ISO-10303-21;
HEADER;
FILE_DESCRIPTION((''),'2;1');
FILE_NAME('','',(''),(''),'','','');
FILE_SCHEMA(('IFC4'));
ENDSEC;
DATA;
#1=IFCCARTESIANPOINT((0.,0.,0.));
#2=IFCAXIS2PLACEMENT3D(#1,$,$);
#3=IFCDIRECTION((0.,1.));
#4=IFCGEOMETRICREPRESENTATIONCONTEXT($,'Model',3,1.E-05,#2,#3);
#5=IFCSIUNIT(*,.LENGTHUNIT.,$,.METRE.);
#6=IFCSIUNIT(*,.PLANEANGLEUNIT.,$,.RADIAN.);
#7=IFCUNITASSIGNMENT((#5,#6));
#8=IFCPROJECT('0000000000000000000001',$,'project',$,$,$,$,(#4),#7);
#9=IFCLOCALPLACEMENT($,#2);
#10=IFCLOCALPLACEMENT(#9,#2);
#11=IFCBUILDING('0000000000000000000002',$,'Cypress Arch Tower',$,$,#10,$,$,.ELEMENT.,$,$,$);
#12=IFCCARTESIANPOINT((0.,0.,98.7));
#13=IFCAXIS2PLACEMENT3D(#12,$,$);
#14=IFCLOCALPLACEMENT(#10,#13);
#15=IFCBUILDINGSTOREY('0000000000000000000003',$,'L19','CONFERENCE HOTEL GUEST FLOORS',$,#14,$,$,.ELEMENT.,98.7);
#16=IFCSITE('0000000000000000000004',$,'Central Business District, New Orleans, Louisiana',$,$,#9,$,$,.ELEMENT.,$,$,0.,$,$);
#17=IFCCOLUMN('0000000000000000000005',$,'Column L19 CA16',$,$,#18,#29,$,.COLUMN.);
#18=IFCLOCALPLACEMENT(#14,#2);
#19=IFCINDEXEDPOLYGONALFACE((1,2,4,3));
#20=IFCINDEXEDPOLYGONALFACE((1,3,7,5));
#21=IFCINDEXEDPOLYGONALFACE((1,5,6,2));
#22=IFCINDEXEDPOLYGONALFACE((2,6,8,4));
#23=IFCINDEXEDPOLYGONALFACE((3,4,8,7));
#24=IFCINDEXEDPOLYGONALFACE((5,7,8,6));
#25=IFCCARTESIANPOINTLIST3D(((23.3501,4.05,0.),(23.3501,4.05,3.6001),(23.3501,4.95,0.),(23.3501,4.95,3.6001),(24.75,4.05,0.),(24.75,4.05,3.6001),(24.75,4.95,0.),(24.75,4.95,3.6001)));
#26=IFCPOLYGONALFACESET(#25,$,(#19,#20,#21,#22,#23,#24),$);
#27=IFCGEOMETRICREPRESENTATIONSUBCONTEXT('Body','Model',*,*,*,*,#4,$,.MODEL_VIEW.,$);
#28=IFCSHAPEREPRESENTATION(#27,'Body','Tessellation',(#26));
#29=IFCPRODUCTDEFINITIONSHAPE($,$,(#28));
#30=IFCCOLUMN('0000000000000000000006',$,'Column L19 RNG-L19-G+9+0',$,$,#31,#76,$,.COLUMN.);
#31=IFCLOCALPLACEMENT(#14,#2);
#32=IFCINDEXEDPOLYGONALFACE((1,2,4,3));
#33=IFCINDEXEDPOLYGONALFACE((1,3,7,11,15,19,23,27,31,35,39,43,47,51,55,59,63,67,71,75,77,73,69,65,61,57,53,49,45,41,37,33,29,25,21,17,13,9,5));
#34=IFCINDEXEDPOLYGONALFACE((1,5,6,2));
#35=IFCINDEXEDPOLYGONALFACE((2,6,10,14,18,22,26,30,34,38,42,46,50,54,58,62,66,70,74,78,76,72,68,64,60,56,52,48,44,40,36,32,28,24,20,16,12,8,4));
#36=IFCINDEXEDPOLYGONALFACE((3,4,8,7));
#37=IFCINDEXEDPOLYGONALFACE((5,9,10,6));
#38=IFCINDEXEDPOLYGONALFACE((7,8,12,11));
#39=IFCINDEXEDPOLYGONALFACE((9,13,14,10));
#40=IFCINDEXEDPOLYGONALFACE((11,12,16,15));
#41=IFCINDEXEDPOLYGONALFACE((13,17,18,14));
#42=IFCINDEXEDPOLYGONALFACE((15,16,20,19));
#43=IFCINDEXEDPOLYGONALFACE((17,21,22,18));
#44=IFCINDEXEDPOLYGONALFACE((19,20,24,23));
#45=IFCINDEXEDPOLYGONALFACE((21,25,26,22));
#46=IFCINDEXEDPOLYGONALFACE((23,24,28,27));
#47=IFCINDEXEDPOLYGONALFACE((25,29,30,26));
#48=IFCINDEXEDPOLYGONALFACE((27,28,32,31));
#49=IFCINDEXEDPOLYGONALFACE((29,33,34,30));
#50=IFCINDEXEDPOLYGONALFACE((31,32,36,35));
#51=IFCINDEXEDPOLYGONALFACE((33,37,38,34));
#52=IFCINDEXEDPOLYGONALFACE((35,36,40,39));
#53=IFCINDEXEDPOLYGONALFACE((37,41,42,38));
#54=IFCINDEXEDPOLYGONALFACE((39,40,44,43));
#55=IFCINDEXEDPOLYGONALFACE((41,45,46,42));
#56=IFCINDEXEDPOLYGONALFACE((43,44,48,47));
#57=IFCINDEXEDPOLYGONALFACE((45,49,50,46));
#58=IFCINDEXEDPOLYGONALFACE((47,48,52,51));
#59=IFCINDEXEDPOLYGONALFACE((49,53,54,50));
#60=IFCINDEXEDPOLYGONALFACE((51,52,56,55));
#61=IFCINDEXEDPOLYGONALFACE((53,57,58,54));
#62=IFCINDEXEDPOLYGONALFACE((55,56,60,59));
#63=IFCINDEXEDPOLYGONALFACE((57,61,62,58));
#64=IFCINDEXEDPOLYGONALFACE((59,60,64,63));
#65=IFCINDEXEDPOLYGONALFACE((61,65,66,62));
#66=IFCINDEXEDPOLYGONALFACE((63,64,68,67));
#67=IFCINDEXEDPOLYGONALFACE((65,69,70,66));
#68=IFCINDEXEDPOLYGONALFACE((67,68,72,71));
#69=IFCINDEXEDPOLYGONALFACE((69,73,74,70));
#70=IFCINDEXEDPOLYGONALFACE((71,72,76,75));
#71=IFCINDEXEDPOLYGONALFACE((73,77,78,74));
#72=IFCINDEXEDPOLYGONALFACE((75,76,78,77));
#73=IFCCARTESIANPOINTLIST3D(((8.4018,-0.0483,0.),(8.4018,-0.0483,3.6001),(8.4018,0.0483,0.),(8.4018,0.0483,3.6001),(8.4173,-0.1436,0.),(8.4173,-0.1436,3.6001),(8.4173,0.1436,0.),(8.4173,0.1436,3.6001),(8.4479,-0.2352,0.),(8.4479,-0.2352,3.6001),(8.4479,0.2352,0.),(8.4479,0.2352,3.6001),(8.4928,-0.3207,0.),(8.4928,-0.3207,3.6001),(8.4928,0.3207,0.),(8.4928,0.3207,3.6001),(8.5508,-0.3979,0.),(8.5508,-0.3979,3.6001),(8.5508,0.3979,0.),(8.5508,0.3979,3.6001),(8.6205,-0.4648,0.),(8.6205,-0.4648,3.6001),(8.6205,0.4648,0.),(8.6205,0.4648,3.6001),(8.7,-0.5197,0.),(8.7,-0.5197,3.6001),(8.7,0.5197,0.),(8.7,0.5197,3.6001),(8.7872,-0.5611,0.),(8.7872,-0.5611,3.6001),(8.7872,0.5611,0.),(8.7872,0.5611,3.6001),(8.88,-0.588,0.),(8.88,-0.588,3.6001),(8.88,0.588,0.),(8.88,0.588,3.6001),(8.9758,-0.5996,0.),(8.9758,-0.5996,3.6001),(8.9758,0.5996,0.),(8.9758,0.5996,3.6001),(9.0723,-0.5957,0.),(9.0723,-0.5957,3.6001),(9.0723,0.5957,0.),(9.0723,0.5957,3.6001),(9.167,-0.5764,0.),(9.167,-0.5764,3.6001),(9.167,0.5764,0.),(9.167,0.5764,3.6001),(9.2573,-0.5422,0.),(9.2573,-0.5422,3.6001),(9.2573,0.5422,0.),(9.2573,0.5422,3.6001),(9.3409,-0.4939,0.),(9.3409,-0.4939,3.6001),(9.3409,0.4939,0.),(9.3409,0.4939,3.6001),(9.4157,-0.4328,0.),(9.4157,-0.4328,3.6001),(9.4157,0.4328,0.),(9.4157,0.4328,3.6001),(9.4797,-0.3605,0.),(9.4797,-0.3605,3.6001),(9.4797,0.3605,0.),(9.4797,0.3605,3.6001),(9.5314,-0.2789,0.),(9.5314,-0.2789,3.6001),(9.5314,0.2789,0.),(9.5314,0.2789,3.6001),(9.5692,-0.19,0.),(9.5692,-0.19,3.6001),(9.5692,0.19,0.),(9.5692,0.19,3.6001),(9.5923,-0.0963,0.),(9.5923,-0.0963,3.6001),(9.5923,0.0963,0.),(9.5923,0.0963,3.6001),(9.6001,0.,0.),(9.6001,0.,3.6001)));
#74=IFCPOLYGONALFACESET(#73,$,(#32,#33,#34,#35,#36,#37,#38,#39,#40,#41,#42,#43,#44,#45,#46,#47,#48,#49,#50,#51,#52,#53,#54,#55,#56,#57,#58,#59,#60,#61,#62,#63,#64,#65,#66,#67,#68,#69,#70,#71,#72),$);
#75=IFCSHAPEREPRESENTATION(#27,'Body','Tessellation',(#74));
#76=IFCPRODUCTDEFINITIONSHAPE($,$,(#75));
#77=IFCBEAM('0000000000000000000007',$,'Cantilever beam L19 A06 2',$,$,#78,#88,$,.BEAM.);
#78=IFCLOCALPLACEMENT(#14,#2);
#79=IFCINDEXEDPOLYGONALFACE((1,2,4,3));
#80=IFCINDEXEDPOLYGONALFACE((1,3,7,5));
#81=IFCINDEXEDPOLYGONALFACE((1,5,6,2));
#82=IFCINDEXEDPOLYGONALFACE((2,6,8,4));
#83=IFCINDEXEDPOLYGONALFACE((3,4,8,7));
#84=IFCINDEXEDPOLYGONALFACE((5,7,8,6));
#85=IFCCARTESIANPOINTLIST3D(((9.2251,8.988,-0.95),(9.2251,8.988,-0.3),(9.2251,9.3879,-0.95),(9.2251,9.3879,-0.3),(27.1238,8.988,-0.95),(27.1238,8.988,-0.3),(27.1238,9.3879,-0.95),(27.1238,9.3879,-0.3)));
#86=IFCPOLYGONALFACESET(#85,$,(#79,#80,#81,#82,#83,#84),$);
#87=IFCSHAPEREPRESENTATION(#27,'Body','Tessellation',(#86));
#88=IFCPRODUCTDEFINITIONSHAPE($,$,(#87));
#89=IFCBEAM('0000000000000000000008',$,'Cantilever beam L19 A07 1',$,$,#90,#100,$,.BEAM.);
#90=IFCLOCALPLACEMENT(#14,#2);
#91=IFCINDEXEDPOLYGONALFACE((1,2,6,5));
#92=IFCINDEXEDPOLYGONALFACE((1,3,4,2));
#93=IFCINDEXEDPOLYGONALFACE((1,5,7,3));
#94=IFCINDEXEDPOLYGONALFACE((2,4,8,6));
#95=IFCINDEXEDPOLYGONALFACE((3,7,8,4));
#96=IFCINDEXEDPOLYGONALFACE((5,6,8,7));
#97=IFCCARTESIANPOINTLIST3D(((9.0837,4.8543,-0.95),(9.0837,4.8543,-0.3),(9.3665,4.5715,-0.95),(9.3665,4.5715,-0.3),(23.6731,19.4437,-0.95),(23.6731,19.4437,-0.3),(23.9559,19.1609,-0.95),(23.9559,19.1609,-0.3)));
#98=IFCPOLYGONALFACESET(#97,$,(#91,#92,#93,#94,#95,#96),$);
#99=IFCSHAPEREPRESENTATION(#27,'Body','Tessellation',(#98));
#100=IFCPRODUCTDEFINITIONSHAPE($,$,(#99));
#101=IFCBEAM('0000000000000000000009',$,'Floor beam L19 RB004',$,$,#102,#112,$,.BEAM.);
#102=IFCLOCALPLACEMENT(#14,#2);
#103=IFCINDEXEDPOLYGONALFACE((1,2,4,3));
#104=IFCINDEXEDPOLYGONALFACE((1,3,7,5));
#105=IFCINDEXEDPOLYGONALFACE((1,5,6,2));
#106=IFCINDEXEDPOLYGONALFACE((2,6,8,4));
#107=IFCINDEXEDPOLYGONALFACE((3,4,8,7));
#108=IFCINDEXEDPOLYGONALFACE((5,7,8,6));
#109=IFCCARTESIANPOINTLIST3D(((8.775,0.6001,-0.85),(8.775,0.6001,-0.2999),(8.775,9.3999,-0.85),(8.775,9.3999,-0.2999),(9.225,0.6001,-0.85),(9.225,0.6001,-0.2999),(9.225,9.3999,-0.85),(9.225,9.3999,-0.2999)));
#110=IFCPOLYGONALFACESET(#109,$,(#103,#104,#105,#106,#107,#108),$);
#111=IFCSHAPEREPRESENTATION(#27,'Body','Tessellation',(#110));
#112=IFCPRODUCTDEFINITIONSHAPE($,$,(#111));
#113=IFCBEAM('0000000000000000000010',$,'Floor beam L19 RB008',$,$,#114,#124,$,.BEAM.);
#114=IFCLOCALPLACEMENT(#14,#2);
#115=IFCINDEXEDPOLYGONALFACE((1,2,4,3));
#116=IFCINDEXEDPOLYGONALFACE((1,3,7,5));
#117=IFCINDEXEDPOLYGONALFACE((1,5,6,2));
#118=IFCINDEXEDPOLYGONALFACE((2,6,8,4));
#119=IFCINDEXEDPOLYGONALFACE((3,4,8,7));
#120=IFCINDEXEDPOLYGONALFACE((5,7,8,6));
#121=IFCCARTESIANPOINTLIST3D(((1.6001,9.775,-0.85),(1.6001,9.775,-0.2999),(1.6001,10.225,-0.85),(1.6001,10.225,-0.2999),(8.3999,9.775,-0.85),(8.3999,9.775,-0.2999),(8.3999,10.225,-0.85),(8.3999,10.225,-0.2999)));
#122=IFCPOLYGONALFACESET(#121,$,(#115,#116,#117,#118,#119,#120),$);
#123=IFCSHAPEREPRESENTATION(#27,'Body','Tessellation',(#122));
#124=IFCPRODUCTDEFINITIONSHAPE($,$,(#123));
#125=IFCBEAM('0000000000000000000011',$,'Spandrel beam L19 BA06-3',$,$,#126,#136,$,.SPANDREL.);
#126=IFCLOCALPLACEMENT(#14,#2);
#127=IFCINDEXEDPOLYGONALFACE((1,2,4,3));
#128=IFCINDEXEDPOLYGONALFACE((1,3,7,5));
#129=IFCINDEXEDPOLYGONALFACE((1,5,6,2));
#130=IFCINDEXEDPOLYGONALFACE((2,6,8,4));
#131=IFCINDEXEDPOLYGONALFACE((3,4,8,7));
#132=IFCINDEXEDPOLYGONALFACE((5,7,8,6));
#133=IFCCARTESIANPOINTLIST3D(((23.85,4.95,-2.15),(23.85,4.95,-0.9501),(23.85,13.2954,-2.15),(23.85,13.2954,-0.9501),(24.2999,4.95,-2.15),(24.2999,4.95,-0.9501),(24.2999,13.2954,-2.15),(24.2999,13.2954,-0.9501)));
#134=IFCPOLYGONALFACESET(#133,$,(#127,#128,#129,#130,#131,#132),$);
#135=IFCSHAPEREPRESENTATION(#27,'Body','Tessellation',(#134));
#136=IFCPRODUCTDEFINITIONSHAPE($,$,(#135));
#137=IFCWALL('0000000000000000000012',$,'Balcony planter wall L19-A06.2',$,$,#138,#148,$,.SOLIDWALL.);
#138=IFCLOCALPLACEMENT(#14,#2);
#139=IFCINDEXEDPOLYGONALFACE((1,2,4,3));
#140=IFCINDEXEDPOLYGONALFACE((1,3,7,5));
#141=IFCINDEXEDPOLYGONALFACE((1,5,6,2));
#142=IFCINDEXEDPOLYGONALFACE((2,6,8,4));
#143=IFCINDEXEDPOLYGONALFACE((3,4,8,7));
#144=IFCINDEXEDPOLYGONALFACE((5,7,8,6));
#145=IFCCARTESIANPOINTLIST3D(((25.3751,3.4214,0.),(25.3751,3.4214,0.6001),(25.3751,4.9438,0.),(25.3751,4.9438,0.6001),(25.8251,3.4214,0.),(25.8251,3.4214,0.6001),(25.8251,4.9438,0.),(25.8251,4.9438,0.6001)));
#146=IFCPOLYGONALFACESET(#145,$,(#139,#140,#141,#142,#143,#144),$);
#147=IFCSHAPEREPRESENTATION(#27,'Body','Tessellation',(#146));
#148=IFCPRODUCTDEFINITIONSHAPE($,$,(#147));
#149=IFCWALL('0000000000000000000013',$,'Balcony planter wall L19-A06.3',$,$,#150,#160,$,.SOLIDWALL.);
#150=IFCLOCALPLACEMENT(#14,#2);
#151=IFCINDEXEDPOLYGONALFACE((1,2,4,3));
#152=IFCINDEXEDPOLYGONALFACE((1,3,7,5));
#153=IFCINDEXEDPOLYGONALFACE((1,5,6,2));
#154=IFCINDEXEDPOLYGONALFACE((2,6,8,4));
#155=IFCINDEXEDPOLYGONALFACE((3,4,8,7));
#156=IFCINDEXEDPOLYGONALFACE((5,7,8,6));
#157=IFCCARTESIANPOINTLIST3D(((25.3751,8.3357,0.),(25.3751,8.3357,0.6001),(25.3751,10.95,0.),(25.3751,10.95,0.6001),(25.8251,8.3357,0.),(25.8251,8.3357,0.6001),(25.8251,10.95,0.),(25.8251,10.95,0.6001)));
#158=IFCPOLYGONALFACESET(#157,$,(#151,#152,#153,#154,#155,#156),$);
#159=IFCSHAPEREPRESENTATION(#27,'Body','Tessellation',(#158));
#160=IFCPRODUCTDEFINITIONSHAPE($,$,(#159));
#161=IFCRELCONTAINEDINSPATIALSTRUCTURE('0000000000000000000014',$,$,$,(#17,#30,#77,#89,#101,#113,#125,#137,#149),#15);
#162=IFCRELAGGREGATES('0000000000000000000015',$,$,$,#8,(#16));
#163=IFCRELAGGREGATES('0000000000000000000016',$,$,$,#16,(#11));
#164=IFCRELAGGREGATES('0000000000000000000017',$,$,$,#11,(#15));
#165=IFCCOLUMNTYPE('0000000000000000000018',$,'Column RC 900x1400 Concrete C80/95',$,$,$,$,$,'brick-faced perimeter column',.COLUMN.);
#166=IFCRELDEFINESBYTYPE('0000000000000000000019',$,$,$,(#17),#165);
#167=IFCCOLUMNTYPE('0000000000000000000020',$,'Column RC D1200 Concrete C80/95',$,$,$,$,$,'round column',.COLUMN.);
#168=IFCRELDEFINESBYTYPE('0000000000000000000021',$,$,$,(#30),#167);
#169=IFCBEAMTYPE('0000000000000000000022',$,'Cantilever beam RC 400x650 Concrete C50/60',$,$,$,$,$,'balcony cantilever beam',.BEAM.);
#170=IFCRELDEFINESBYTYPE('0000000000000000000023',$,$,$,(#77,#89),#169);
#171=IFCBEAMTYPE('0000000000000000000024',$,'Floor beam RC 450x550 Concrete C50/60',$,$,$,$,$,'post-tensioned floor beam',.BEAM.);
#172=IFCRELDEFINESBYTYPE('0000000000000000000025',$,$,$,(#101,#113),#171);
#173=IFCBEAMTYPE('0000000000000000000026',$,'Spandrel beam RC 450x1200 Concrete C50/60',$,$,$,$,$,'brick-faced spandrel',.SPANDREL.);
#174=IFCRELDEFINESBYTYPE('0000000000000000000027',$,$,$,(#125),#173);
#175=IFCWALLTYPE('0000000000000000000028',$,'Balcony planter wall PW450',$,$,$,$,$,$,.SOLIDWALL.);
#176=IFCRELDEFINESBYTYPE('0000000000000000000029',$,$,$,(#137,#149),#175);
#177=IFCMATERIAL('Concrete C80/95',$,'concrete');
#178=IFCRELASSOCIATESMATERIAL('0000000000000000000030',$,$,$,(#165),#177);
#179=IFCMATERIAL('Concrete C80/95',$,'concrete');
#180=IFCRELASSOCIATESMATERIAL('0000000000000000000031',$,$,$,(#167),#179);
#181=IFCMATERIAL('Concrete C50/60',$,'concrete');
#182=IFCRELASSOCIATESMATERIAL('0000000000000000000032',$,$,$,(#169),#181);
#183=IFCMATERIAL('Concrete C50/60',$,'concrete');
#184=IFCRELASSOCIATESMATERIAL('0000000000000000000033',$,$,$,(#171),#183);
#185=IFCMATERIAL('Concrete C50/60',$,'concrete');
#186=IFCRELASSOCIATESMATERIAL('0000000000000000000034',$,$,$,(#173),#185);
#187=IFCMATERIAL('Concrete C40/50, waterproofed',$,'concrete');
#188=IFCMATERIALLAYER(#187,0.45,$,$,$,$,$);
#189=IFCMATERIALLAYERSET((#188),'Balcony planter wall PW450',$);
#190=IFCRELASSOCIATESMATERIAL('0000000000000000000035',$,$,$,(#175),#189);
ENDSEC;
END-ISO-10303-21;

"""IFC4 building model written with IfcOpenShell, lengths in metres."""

from ifc_helpers import new_model, si_unit, direction, frame, frame_2d, origin, origin_2d, place, context, subcontext, project, spatial, rectangle, circle, extrude, material, layer, layer_set, material_profile, profile_set, type_object, element, save


model = new_model("IFC4")

# Units and contexts
model_context = context("Model", 3, precision=1e-05, world=origin(), true_north=direction((0.0, 1.0)))
body_context = subcontext(model_context, "Body", "Model", "MODEL_VIEW")
ifc_project = project(units=[si_unit("LENGTHUNIT", "METRE"), si_unit("PLANEANGLEUNIT", "RADIAN")], contexts=[model_context])

# Site, building, storey
site_placement = place(None, origin())
site = spatial("IfcSite", under=ifc_project, at=site_placement, Name="Central Business District, New Orleans, Louisiana", CompositionType="ELEMENT", RefElevation=0.0)
building_placement = place(site_placement, origin())
building = spatial("IfcBuilding", under=site, at=building_placement, Name="Cypress Arch Tower", CompositionType="ELEMENT")
storey_placement = place(building_placement, frame((0.0, 0.0, 98.7)))
storey = spatial("IfcBuildingStorey", under=building, at=storey_placement, Name="L19", Description="CONFERENCE HOTEL GUEST FLOORS", CompositionType="ELEMENT", Elevation=98.7)

# Columns
ifc_material_1 = material(Name="Concrete C80/95", Category="concrete")
ifc_material_profile_1 = material_profile(ifc_material_1, rectangle(XDim=0.8999, YDim=1.3999, at=origin_2d()), Name="RC 900x1400")
ifc_profile_set_1 = profile_set([ifc_material_profile_1], Name="Concrete C80/95")
column_type_1 = type_object("IfcColumnType", Name="Column RC 900x1400 Concrete C80/95", ElementType="brick-faced perimeter column", PredefinedType="COLUMN", material=ifc_profile_set_1)
column_1_placement = place(storey_placement, frame((24.05, 4.5, 0.0), z_axis=(0.0, 0.0, 1.0), x_axis=(0.0, 1.0, 0.0)))
element("IfcColumn", 1, at=column_1_placement, inside=storey, type_object=column_type_1, Name="Column L19 CA16", PredefinedType="COLUMN", context=body_context, shape_type="SweptSolid", body=[
    extrude(rectangle(XDim=0.8999, YDim=1.3999, at=origin_2d()), origin(), (0.0, 0.0, 1.0), 3.6001),
])
ifc_material_2 = material(Name="Concrete C80/95", Category="concrete")
ifc_material_profile_2 = material_profile(ifc_material_2, circle(Radius=0.6001, at=origin_2d()), Name="RC D1200")
ifc_profile_set_2 = profile_set([ifc_material_profile_2], Name="Concrete C80/95")
column_type_2 = type_object("IfcColumnType", Name="Column RC D1200 Concrete C80/95", ElementType="round column", PredefinedType="COLUMN", material=ifc_profile_set_2)
column_2_placement = place(storey_placement, frame((9.0, 0.0, 0.0), z_axis=(0.0, 0.0, 1.0), x_axis=(1.0, 0.0, 0.0)))
element("IfcColumn", 2, at=column_2_placement, inside=storey, type_object=column_type_2, Name="Column L19 RNG-L19-G+9+0", PredefinedType="COLUMN", context=body_context, shape_type="SweptSolid", body=[
    extrude(circle(Radius=0.6001, at=origin_2d()), origin(), (0.0, 0.0, 1.0), 3.6001),
])

# Beams
ifc_material_3 = material(Name="Concrete C50/60", Category="concrete")
ifc_material_profile_3 = material_profile(ifc_material_3, rectangle(XDim=0.3999, YDim=0.6499, at=origin_2d()), Name="RC 400x650")
ifc_profile_set_3 = profile_set([ifc_material_profile_3], Name="Concrete C50/60")
beam_type_1 = type_object("IfcBeamType", Name="Cantilever beam RC 400x650 Concrete C50/60", ElementType="balcony cantilever beam", PredefinedType="BEAM", material=ifc_profile_set_3)
beam_1_placement = place(storey_placement, frame((9.2251, 9.188, -0.625), z_axis=(1.0, 0.0, 0.0), x_axis=(0.0, 1.0, 0.0)))
element("IfcBeam", 3, at=beam_1_placement, inside=storey, type_object=beam_type_1, Name="Cantilever beam L19 A06 2", PredefinedType="BEAM", context=body_context, shape_type="SweptSolid", body=[
    extrude(rectangle(XDim=0.3999, YDim=0.6499, at=origin_2d()), origin(), (0.0, 0.0, 1.0), 17.8987),
])
beam_2_placement = place(storey_placement, frame((9.2251, 4.7129, -0.625), z_axis=(0.707107, 0.707107, 0.0), x_axis=(-0.707107, 0.707107, 0.0)))
element("IfcBeam", 4, at=beam_2_placement, inside=storey, type_object=beam_type_1, Name="Cantilever beam L19 A07 1", PredefinedType="BEAM", context=body_context, shape_type="SweptSolid", body=[
    extrude(rectangle(XDim=0.3999, YDim=0.6499, at=origin_2d()), origin(), (0.0, 0.0, 1.0), 20.6326),
])
ifc_material_4 = material(Name="Concrete C50/60", Category="concrete")
ifc_material_profile_4 = material_profile(ifc_material_4, rectangle(XDim=0.45, YDim=0.55, at=origin_2d()), Name="RC 450x550")
ifc_profile_set_4 = profile_set([ifc_material_profile_4], Name="Concrete C50/60")
beam_type_2 = type_object("IfcBeamType", Name="Floor beam RC 450x550 Concrete C50/60", ElementType="post-tensioned floor beam", PredefinedType="BEAM", material=ifc_profile_set_4)
beam_3_placement = place(storey_placement, frame((9.0, 0.6001, -0.575), z_axis=(0.0, 1.0, 0.0), x_axis=(-1.0, 0.0, 0.0)))
element("IfcBeam", 5, at=beam_3_placement, inside=storey, type_object=beam_type_2, Name="Floor beam L19 RB004", PredefinedType="BEAM", context=body_context, shape_type="SweptSolid", body=[
    extrude(rectangle(XDim=0.45, YDim=0.55, at=origin_2d()), origin(), (0.0, 0.0, 1.0), 8.7998),
])
beam_4_placement = place(storey_placement, frame((1.6001, 10.0, -0.575), z_axis=(1.0, 0.0, 0.0), x_axis=(0.0, 1.0, 0.0)))
element("IfcBeam", 6, at=beam_4_placement, inside=storey, type_object=beam_type_2, Name="Floor beam L19 RB008", PredefinedType="BEAM", context=body_context, shape_type="SweptSolid", body=[
    extrude(rectangle(XDim=0.45, YDim=0.55, at=origin_2d()), origin(), (0.0, 0.0, 1.0), 6.7998),
])
ifc_material_5 = material(Name="Concrete C50/60", Category="concrete")
ifc_material_profile_5 = material_profile(ifc_material_5, rectangle(XDim=0.45, YDim=1.2, at=origin_2d()), Name="RC 450x1200")
ifc_profile_set_5 = profile_set([ifc_material_profile_5], Name="Concrete C50/60")
beam_type_3 = type_object("IfcBeamType", Name="Spandrel beam RC 450x1200 Concrete C50/60", ElementType="brick-faced spandrel", PredefinedType="SPANDREL", material=ifc_profile_set_5)
beam_5_placement = place(storey_placement, frame((24.075, 4.95, -1.55), z_axis=(0.0, 1.0, 0.0), x_axis=(-1.0, 0.0, 0.0)))
element("IfcBeam", 7, at=beam_5_placement, inside=storey, type_object=beam_type_3, Name="Spandrel beam L19 BA06-3", PredefinedType="SPANDREL", context=body_context, shape_type="SweptSolid", body=[
    extrude(rectangle(XDim=0.45, YDim=1.2, at=origin_2d()), origin(), (0.0, 0.0, 1.0), 8.3455),
])

# Walls
ifc_material_6 = material(Name="Concrete C40/50, waterproofed", Category="concrete")
ifc_layer_1 = layer(ifc_material_6, 0.45)
ifc_layer_set_1 = layer_set([ifc_layer_1], Name="Balcony planter wall PW450")
wall_type_1 = type_object("IfcWallType", Name="Balcony planter wall PW450", PredefinedType="SOLIDWALL", material=ifc_layer_set_1)
wall_1_placement = place(storey_placement, frame((25.6001, 3.4214, 0.0), z_axis=(0.0, 0.0, 1.0), x_axis=(0.0, 1.0, 0.0)))
element("IfcWall", 8, at=wall_1_placement, inside=storey, type_object=wall_type_1, Name="Balcony planter wall L19-A06.2", PredefinedType="SOLIDWALL", context=body_context, shape_type="SweptSolid", body=[
    extrude(rectangle(XDim=1.5225, YDim=0.45, at=frame_2d((0.7612, 0.0))), origin(), (0.0, 0.0, 1.0), 0.6001),
])
wall_2_placement = place(storey_placement, frame((25.6001, 8.3357, 0.0), z_axis=(0.0, 0.0, 1.0), x_axis=(0.0, 1.0, 0.0)))
element("IfcWall", 9, at=wall_2_placement, inside=storey, type_object=wall_type_1, Name="Balcony planter wall L19-A06.3", PredefinedType="SOLIDWALL", context=body_context, shape_type="SweptSolid", body=[
    extrude(rectangle(XDim=2.6143, YDim=0.45, at=frame_2d((1.3071, 0.0))), origin(), (0.0, 0.0, 1.0), 0.6001),
])

save(model, "model.ifc")
